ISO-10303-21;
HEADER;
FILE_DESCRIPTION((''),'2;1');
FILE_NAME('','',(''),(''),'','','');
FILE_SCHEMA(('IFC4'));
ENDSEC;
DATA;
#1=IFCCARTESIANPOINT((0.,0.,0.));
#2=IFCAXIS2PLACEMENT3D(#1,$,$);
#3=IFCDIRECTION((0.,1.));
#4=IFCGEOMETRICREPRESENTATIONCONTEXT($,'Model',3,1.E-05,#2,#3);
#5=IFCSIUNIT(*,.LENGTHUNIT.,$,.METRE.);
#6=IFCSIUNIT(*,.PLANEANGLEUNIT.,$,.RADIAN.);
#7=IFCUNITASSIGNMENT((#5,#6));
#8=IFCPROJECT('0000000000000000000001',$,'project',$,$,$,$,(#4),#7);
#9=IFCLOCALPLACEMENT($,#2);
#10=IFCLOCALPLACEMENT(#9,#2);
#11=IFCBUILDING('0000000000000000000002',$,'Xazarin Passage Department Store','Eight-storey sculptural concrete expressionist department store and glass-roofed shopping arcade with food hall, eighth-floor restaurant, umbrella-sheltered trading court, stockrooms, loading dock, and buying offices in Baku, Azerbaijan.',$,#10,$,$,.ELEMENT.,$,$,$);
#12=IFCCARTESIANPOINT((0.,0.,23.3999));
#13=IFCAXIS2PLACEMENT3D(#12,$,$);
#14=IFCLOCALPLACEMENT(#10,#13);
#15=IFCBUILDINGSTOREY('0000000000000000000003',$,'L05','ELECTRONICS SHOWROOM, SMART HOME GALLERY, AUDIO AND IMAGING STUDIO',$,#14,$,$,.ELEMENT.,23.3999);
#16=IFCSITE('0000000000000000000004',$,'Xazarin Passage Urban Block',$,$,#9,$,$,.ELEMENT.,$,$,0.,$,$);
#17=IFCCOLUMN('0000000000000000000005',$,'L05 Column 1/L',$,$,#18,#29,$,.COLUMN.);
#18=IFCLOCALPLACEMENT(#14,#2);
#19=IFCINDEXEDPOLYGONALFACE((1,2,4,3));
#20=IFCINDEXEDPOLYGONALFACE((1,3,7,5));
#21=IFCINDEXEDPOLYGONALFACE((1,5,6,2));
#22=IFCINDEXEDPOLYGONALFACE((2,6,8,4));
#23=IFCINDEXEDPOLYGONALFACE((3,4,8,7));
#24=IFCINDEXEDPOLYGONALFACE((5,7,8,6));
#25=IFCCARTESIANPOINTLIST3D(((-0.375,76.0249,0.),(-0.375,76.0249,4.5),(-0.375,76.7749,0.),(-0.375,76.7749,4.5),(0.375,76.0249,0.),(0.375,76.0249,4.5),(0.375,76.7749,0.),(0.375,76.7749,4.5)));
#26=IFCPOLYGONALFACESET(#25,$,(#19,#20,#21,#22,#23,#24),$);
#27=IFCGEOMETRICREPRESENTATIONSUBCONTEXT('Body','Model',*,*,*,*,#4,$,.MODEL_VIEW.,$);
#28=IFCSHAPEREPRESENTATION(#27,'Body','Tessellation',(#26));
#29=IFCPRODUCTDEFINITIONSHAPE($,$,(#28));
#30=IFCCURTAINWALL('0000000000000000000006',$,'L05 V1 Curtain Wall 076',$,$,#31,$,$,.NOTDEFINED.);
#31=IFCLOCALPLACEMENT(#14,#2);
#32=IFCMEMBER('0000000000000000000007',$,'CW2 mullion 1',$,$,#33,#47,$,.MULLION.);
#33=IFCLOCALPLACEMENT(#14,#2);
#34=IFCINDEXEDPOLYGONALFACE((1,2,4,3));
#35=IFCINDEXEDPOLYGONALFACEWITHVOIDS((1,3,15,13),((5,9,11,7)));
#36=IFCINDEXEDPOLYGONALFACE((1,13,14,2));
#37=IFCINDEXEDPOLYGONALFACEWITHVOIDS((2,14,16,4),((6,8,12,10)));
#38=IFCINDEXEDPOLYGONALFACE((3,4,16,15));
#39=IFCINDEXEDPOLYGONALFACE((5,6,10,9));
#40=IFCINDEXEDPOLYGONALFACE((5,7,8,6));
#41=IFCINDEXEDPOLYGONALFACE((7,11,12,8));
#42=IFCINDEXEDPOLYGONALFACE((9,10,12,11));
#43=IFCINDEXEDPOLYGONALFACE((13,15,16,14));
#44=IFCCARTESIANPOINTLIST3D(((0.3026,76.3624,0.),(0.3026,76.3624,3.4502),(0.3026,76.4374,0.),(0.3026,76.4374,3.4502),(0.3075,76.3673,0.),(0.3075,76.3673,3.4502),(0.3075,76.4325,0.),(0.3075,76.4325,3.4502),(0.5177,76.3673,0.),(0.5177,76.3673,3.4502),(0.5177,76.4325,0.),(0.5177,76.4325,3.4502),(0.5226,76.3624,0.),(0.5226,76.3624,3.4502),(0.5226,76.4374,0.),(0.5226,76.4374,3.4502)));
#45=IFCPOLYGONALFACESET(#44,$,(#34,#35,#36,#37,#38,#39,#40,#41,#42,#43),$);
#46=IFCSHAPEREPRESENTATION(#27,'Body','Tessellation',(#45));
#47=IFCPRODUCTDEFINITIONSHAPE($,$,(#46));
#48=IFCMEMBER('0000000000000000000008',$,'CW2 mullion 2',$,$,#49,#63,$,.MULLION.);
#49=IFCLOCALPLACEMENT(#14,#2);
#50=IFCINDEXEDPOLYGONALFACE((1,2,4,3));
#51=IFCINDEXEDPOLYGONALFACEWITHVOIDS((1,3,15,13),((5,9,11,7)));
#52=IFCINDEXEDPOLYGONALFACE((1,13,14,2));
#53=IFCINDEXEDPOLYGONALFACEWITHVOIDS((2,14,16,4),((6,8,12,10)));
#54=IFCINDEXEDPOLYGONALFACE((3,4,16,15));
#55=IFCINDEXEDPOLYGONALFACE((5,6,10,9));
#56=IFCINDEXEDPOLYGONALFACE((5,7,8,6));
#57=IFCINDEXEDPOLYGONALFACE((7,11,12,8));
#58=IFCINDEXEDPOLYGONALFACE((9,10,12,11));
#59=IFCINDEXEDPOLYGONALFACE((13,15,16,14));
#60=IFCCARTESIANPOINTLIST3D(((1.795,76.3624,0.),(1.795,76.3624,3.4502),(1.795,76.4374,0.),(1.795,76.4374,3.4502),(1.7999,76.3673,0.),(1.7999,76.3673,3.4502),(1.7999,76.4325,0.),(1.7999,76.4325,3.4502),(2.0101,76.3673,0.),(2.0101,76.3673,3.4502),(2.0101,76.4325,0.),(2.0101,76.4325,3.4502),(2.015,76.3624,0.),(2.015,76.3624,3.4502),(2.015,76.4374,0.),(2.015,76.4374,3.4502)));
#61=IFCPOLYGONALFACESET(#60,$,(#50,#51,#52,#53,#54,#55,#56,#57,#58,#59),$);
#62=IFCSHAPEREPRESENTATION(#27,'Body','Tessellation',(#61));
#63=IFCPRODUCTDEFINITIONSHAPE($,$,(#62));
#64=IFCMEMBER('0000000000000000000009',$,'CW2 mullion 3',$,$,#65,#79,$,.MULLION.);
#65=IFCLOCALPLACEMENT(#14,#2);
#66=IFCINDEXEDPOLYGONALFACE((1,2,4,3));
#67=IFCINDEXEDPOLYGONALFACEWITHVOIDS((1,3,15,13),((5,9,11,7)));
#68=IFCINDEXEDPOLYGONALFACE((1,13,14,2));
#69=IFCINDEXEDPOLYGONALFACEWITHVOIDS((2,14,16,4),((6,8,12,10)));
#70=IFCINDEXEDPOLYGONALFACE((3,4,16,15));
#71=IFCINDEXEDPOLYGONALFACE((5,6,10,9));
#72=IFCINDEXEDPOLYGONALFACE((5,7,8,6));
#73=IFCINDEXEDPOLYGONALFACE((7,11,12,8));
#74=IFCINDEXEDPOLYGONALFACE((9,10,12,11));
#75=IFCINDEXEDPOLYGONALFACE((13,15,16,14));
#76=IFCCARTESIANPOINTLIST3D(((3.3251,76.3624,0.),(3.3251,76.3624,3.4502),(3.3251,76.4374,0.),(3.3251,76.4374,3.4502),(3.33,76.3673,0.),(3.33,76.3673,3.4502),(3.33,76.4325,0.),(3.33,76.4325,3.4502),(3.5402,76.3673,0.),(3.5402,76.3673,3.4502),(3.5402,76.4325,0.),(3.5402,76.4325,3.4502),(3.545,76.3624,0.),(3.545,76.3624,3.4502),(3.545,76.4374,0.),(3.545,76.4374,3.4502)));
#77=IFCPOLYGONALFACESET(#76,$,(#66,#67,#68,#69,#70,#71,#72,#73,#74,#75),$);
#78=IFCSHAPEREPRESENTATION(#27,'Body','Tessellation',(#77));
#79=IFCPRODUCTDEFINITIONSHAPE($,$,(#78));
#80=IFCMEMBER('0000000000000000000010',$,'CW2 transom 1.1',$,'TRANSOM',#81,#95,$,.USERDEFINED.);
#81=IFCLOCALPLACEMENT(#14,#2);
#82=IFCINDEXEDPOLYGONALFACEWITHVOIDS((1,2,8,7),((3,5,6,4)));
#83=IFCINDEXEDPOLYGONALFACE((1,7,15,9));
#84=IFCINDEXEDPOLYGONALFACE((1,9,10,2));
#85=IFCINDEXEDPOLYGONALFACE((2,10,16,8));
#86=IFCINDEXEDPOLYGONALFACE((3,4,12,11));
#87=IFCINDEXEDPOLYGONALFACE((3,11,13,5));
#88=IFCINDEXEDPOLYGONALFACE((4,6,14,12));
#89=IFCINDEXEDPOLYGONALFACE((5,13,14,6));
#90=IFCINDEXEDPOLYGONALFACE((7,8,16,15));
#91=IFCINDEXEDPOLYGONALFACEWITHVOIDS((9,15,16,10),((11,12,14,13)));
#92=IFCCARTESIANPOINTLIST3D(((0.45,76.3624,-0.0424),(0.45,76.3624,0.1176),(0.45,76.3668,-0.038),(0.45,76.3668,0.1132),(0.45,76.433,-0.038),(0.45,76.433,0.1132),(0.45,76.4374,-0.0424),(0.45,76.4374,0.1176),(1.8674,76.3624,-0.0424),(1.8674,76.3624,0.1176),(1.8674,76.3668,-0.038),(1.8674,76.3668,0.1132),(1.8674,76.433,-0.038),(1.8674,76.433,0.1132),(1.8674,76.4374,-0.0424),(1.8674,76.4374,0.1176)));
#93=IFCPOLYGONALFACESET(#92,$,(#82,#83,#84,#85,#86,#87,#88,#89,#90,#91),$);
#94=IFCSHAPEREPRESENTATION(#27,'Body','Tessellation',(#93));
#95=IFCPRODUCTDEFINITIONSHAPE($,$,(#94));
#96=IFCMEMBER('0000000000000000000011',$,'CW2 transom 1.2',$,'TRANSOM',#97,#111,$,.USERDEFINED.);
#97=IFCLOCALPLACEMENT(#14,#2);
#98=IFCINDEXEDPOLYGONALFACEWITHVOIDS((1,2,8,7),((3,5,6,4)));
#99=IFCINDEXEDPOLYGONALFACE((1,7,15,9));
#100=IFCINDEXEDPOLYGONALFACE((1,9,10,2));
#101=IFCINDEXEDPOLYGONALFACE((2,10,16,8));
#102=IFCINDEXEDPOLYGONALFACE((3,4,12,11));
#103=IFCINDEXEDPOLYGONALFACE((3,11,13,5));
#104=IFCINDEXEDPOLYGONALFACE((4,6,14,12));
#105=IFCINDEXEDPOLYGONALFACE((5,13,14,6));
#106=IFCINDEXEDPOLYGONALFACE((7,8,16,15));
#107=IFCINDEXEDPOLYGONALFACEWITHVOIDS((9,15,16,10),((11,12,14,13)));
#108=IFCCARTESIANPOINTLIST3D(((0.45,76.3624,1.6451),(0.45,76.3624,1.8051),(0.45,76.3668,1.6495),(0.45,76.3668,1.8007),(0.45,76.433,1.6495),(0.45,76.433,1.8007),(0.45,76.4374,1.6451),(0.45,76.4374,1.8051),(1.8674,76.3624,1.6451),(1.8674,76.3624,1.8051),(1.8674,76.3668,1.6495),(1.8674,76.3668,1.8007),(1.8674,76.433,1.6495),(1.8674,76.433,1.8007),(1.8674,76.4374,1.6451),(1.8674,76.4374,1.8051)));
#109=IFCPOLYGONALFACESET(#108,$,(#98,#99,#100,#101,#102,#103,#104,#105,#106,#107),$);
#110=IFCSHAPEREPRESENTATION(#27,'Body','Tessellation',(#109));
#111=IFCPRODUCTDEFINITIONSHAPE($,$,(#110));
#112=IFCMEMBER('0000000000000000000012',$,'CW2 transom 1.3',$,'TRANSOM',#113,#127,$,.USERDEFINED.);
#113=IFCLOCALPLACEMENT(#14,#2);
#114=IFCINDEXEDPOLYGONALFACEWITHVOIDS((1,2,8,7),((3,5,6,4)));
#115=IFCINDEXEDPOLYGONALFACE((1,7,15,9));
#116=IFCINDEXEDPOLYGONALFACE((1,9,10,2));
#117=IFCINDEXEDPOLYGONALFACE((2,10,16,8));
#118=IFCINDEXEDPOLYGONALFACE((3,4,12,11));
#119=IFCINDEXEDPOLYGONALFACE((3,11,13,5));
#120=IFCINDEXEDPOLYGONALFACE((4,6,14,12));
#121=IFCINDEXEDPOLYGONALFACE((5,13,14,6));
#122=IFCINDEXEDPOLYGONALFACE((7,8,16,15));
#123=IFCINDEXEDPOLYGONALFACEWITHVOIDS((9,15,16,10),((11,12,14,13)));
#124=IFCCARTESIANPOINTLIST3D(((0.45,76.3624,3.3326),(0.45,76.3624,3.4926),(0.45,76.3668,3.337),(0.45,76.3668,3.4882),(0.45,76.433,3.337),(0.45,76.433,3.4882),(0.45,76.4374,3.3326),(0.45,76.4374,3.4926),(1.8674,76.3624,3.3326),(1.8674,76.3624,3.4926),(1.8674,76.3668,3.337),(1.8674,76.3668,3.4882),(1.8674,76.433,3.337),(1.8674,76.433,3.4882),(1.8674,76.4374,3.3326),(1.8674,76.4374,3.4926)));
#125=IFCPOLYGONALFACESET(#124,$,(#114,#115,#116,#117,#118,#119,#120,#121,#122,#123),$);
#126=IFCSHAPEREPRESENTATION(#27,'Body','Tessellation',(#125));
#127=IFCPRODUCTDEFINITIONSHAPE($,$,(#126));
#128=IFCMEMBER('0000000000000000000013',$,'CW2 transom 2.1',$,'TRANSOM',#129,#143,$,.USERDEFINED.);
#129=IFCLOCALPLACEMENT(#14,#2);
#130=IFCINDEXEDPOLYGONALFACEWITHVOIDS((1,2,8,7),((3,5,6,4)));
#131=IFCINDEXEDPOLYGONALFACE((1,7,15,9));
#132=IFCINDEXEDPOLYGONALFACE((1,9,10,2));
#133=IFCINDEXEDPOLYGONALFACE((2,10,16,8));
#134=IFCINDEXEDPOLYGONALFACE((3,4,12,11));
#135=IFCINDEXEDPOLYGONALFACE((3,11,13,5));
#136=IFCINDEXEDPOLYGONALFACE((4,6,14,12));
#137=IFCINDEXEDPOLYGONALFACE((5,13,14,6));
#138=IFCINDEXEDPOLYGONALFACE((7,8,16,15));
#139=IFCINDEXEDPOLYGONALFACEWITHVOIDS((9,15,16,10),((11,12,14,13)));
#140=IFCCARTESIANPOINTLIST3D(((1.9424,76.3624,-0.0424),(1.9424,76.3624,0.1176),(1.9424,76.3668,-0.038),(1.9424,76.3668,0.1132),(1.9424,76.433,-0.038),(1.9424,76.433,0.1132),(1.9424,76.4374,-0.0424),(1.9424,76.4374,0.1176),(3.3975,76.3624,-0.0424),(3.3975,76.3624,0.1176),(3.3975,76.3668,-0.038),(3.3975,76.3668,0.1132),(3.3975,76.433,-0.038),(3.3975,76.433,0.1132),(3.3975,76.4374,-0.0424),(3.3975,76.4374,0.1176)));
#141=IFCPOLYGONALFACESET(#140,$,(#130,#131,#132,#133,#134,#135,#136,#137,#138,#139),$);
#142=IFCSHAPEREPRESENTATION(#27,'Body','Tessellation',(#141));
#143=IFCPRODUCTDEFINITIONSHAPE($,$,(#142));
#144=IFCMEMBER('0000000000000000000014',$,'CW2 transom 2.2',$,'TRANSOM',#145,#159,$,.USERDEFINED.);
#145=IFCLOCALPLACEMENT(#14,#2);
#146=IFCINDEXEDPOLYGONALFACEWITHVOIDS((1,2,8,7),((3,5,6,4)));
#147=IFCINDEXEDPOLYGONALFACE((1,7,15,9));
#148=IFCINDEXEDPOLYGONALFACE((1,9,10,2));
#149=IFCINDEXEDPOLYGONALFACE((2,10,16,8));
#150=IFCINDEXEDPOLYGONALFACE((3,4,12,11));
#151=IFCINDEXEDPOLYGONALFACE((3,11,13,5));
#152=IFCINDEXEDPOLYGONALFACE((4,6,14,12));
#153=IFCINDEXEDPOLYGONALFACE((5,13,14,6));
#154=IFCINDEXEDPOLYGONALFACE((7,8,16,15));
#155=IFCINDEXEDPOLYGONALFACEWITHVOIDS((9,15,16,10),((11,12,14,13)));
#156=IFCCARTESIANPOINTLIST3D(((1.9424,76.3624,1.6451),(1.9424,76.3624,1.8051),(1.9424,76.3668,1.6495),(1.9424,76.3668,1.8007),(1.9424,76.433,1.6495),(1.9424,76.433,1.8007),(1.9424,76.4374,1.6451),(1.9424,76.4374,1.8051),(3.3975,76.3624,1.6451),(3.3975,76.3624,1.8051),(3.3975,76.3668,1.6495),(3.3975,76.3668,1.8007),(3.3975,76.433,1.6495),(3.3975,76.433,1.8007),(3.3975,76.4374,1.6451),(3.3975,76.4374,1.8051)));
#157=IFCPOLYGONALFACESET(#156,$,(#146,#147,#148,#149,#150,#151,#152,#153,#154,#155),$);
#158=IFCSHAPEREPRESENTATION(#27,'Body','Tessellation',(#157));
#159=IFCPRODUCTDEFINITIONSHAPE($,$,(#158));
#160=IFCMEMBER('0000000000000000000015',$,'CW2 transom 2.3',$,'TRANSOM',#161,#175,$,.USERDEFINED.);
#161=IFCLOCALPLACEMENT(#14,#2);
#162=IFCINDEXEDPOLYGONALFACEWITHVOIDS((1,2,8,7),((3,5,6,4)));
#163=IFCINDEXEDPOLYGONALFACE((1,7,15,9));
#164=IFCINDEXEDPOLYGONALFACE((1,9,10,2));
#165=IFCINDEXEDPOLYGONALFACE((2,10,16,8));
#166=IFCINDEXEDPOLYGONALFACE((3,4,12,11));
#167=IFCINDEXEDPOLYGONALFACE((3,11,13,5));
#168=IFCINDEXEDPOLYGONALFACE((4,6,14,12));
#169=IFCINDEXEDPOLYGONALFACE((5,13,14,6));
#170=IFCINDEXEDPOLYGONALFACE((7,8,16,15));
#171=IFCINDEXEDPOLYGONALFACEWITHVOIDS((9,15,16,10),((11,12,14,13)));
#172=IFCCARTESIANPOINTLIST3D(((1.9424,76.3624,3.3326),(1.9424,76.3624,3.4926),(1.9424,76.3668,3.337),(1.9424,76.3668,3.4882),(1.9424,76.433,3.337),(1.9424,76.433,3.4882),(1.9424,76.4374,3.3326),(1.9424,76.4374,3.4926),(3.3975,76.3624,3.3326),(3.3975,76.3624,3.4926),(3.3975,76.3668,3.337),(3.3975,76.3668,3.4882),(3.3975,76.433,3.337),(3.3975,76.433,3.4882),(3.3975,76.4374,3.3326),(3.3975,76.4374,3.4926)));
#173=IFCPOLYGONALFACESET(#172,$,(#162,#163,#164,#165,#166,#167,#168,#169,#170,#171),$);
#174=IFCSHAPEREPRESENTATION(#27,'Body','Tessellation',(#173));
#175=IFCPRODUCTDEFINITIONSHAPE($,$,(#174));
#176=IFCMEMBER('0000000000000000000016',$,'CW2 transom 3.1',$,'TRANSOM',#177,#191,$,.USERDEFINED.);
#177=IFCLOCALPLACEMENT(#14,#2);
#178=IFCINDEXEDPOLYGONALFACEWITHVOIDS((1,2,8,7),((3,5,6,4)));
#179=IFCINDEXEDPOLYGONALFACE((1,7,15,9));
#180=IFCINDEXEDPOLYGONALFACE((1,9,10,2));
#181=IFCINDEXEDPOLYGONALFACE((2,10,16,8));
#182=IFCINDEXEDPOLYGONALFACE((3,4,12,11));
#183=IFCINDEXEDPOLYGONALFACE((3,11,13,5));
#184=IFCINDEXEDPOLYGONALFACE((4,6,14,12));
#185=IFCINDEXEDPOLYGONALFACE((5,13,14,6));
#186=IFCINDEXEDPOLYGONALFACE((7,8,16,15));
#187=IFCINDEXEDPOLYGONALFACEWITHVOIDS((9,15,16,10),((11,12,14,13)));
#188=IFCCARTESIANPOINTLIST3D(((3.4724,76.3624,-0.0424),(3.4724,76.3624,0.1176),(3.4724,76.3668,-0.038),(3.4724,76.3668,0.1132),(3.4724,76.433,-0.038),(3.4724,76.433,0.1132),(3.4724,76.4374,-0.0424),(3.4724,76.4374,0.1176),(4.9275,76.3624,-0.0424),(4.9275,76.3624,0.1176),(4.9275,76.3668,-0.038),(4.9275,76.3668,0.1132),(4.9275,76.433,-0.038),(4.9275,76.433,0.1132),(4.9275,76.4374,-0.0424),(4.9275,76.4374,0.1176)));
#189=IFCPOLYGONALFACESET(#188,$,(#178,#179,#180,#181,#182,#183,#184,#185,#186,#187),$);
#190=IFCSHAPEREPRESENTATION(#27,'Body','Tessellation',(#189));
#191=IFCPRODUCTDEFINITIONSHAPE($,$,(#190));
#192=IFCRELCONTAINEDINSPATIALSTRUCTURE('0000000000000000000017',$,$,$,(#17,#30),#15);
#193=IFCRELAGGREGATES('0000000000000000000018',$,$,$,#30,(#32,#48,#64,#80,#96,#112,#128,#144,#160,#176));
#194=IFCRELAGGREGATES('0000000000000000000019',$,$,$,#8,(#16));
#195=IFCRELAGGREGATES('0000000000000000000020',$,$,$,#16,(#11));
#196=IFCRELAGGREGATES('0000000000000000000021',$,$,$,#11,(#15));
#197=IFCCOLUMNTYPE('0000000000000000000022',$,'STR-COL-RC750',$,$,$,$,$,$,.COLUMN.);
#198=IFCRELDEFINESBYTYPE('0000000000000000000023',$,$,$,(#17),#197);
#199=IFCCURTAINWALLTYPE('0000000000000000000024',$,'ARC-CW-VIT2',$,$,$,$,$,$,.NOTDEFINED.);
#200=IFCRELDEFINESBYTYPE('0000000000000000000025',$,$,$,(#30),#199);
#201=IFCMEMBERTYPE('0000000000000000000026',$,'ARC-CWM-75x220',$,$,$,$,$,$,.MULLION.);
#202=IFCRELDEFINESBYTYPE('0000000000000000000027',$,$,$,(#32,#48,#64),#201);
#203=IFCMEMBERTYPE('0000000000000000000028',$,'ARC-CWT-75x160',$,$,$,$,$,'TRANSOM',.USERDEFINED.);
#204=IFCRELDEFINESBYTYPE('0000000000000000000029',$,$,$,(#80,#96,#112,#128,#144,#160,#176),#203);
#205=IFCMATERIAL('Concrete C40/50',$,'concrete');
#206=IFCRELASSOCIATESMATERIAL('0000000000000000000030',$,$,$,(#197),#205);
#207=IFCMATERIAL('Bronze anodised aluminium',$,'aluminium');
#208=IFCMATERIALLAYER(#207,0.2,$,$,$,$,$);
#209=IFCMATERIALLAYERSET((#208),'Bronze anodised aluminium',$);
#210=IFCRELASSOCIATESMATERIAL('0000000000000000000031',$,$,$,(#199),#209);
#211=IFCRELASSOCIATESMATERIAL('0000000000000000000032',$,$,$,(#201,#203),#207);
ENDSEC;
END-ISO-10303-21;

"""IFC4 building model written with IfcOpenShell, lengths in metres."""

from ifc_helpers import new_model, si_unit, direction, frame, origin, origin_2d, place, context, subcontext, project, spatial, rectangle, hollow_rectangle, extrude, material, layer, layer_set, material_profile, profile_set, type_object, element, aggregate, save


model = new_model("IFC4")

# Units and contexts
model_context = context("Model", 3, precision=1e-05, world=origin(), true_north=direction((0.0, 1.0)))
body_context = subcontext(model_context, "Body", "Model", "MODEL_VIEW")
ifc_project = project(units=[si_unit("LENGTHUNIT", "METRE"), si_unit("PLANEANGLEUNIT", "RADIAN")], contexts=[model_context])

# Site, building, storey
site_placement = place(None, origin())
site = spatial("IfcSite", under=ifc_project, at=site_placement, Name="Xazarin Passage Urban Block", CompositionType="ELEMENT", RefElevation=0.0)
building_placement = place(site_placement, origin())
building = spatial("IfcBuilding", under=site, at=building_placement, Name="Xazarin Passage Department Store", Description="Eight-storey sculptural concrete expressionist department store and glass-roofed shopping arcade with food hall, eighth-floor restaurant, umbrella-sheltered trading court, stockrooms, loading dock, and buying offices in Baku, Azerbaijan.", CompositionType="ELEMENT")
storey_placement = place(building_placement, frame((0.0, 0.0, 23.3999)))
storey = spatial("IfcBuildingStorey", under=building, at=storey_placement, Name="L05", Description="ELECTRONICS SHOWROOM, SMART HOME GALLERY, AUDIO AND IMAGING STUDIO", CompositionType="ELEMENT", Elevation=23.3999)

# Column
ifc_material_1 = material(Name="Concrete C40/50", Category="concrete")
ifc_material_profile_1 = material_profile(ifc_material_1, rectangle(XDim=0.75, YDim=0.75, at=origin_2d()), Name="RC 750x750")
ifc_profile_set_1 = profile_set([ifc_material_profile_1], Name="Concrete C40/50")
column_type = type_object("IfcColumnType", Name="STR-COL-RC750", PredefinedType="COLUMN", material=ifc_profile_set_1)
column_placement = place(storey_placement, frame((0.0, 76.3999, 0.0), z_axis=(0.0, 0.0, 1.0), x_axis=(1.0, 0.0, 0.0)))
element("IfcColumn", 1, at=column_placement, inside=storey, type_object=column_type, Name="L05 Column 1/L", PredefinedType="COLUMN", context=body_context, shape_type="SweptSolid", body=[
    extrude(rectangle(XDim=0.75, YDim=0.75, at=origin_2d()), origin(), (0.0, 0.0, 1.0), 4.5),
])

# Curtain wall, members
ifc_material_2 = material(Name="Bronze anodised aluminium", Category="aluminium")
ifc_layer_1 = layer(ifc_material_2, 0.2)
ifc_layer_set_1 = layer_set([ifc_layer_1], Name="Bronze anodised aluminium")
curtain_wall_type = type_object("IfcCurtainWallType", Name="ARC-CW-VIT2", PredefinedType="NOTDEFINED", material=ifc_layer_set_1)
curtain_wall_placement = place(storey_placement, origin())
curtain_wall = element("IfcCurtainWall", 2, at=curtain_wall_placement, inside=storey, type_object=curtain_wall_type, Name="L05 V1 Curtain Wall 076", PredefinedType="NOTDEFINED")
ifc_material_profile_2 = material_profile(ifc_material_2, hollow_rectangle(XDim=0.075, YDim=0.22, WallThickness=0.0049, at=origin_2d()), Name="ALU 75x220")
ifc_profile_set_2 = profile_set([ifc_material_profile_2], Name="Bronze anodised aluminium")
member_type_1 = type_object("IfcMemberType", Name="ARC-CWM-75x220", PredefinedType="MULLION", material=ifc_profile_set_2)
member_1_placement = place(storey_placement, frame((0.4126, 76.3999, 0.0), z_axis=(0.0, 0.0, 1.0), x_axis=(0.0, 1.0, 0.0)))
member_1 = element("IfcMember", 3, at=member_1_placement, type_object=member_type_1, Name="CW2 mullion 1", PredefinedType="MULLION", context=body_context, shape_type="SweptSolid", body=[
    extrude(hollow_rectangle(XDim=0.075, YDim=0.22, WallThickness=0.0049, at=origin_2d()), origin(), (0.0, 0.0, 1.0), 3.4502),
])
member_2_placement = place(storey_placement, frame((1.905, 76.3999, 0.0), z_axis=(0.0, 0.0, 1.0), x_axis=(0.0, 1.0, 0.0)))
member_2 = element("IfcMember", 4, at=member_2_placement, type_object=member_type_1, Name="CW2 mullion 2", PredefinedType="MULLION", context=body_context, shape_type="SweptSolid", body=[
    extrude(hollow_rectangle(XDim=0.075, YDim=0.22, WallThickness=0.0049, at=origin_2d()), origin(), (0.0, 0.0, 1.0), 3.4502),
])
member_3_placement = place(storey_placement, frame((3.4351, 76.3999, 0.0), z_axis=(0.0, 0.0, 1.0), x_axis=(0.0, 1.0, 0.0)))
member_3 = element("IfcMember", 5, at=member_3_placement, type_object=member_type_1, Name="CW2 mullion 3", PredefinedType="MULLION", context=body_context, shape_type="SweptSolid", body=[
    extrude(hollow_rectangle(XDim=0.075, YDim=0.22, WallThickness=0.0049, at=origin_2d()), origin(), (0.0, 0.0, 1.0), 3.4502),
])
ifc_material_profile_3 = material_profile(ifc_material_2, hollow_rectangle(XDim=0.075, YDim=0.1599, WallThickness=0.0044, at=origin_2d()), Name="ALU 75x160")
ifc_profile_set_3 = profile_set([ifc_material_profile_3], Name="Bronze anodised aluminium")
member_type_2 = type_object("IfcMemberType", Name="ARC-CWT-75x160", ElementType="TRANSOM", PredefinedType="USERDEFINED", material=ifc_profile_set_3)
member_4_placement = place(storey_placement, frame((0.45, 76.3999, 0.0376), z_axis=(1.0, 0.0, 0.0), x_axis=(0.0, 1.0, 0.0)))
member_4 = element("IfcMember", 6, at=member_4_placement, type_object=member_type_2, Name="CW2 transom 1.1", ObjectType="TRANSOM", PredefinedType="USERDEFINED", context=body_context, shape_type="SweptSolid", body=[
    extrude(hollow_rectangle(XDim=0.075, YDim=0.1599, WallThickness=0.0044, at=origin_2d()), origin(), (0.0, 0.0, 1.0), 1.4175),
])
member_5_placement = place(storey_placement, frame((0.45, 76.3999, 1.7251), z_axis=(1.0, 0.0, 0.0), x_axis=(0.0, 1.0, 0.0)))
member_5 = element("IfcMember", 7, at=member_5_placement, type_object=member_type_2, Name="CW2 transom 1.2", ObjectType="TRANSOM", PredefinedType="USERDEFINED", context=body_context, shape_type="SweptSolid", body=[
    extrude(hollow_rectangle(XDim=0.075, YDim=0.1599, WallThickness=0.0044, at=origin_2d()), origin(), (0.0, 0.0, 1.0), 1.4175),
])
member_6_placement = place(storey_placement, frame((0.45, 76.3999, 3.4126), z_axis=(1.0, 0.0, 0.0), x_axis=(0.0, 1.0, 0.0)))
member_6 = element("IfcMember", 8, at=member_6_placement, type_object=member_type_2, Name="CW2 transom 1.3", ObjectType="TRANSOM", PredefinedType="USERDEFINED", context=body_context, shape_type="SweptSolid", body=[
    extrude(hollow_rectangle(XDim=0.075, YDim=0.1599, WallThickness=0.0044, at=origin_2d()), origin(), (0.0, 0.0, 1.0), 1.4175),
])
member_7_placement = place(storey_placement, frame((1.9424, 76.3999, 0.0376), z_axis=(1.0, 0.0, 0.0), x_axis=(0.0, 1.0, 0.0)))
member_7 = element("IfcMember", 9, at=member_7_placement, type_object=member_type_2, Name="CW2 transom 2.1", ObjectType="TRANSOM", PredefinedType="USERDEFINED", context=body_context, shape_type="SweptSolid", body=[
    extrude(hollow_rectangle(XDim=0.075, YDim=0.1599, WallThickness=0.0044, at=origin_2d()), origin(), (0.0, 0.0, 1.0), 1.4551),
])
member_8_placement = place(storey_placement, frame((1.9424, 76.3999, 1.7251), z_axis=(1.0, 0.0, 0.0), x_axis=(0.0, 1.0, 0.0)))
member_8 = element("IfcMember", 10, at=member_8_placement, type_object=member_type_2, Name="CW2 transom 2.2", ObjectType="TRANSOM", PredefinedType="USERDEFINED", context=body_context, shape_type="SweptSolid", body=[
    extrude(hollow_rectangle(XDim=0.075, YDim=0.1599, WallThickness=0.0044, at=origin_2d()), origin(), (0.0, 0.0, 1.0), 1.4551),
])
member_9_placement = place(storey_placement, frame((1.9424, 76.3999, 3.4126), z_axis=(1.0, 0.0, 0.0), x_axis=(0.0, 1.0, 0.0)))
member_9 = element("IfcMember", 11, at=member_9_placement, type_object=member_type_2, Name="CW2 transom 2.3", ObjectType="TRANSOM", PredefinedType="USERDEFINED", context=body_context, shape_type="SweptSolid", body=[
    extrude(hollow_rectangle(XDim=0.075, YDim=0.1599, WallThickness=0.0044, at=origin_2d()), origin(), (0.0, 0.0, 1.0), 1.4551),
])
member_10_placement = place(storey_placement, frame((3.4724, 76.3999, 0.0376), z_axis=(1.0, 0.0, 0.0), x_axis=(0.0, 1.0, 0.0)))
member_10 = element("IfcMember", 12, at=member_10_placement, type_object=member_type_2, Name="CW2 transom 3.1", ObjectType="TRANSOM", PredefinedType="USERDEFINED", context=body_context, shape_type="SweptSolid", body=[
    extrude(hollow_rectangle(XDim=0.075, YDim=0.1599, WallThickness=0.0044, at=origin_2d()), origin(), (0.0, 0.0, 1.0), 1.4551),
])

aggregate(curtain_wall, [member_1, member_2, member_3, member_4, member_5, member_6, member_7, member_8, member_9, member_10])

save(model, "model.ifc")
